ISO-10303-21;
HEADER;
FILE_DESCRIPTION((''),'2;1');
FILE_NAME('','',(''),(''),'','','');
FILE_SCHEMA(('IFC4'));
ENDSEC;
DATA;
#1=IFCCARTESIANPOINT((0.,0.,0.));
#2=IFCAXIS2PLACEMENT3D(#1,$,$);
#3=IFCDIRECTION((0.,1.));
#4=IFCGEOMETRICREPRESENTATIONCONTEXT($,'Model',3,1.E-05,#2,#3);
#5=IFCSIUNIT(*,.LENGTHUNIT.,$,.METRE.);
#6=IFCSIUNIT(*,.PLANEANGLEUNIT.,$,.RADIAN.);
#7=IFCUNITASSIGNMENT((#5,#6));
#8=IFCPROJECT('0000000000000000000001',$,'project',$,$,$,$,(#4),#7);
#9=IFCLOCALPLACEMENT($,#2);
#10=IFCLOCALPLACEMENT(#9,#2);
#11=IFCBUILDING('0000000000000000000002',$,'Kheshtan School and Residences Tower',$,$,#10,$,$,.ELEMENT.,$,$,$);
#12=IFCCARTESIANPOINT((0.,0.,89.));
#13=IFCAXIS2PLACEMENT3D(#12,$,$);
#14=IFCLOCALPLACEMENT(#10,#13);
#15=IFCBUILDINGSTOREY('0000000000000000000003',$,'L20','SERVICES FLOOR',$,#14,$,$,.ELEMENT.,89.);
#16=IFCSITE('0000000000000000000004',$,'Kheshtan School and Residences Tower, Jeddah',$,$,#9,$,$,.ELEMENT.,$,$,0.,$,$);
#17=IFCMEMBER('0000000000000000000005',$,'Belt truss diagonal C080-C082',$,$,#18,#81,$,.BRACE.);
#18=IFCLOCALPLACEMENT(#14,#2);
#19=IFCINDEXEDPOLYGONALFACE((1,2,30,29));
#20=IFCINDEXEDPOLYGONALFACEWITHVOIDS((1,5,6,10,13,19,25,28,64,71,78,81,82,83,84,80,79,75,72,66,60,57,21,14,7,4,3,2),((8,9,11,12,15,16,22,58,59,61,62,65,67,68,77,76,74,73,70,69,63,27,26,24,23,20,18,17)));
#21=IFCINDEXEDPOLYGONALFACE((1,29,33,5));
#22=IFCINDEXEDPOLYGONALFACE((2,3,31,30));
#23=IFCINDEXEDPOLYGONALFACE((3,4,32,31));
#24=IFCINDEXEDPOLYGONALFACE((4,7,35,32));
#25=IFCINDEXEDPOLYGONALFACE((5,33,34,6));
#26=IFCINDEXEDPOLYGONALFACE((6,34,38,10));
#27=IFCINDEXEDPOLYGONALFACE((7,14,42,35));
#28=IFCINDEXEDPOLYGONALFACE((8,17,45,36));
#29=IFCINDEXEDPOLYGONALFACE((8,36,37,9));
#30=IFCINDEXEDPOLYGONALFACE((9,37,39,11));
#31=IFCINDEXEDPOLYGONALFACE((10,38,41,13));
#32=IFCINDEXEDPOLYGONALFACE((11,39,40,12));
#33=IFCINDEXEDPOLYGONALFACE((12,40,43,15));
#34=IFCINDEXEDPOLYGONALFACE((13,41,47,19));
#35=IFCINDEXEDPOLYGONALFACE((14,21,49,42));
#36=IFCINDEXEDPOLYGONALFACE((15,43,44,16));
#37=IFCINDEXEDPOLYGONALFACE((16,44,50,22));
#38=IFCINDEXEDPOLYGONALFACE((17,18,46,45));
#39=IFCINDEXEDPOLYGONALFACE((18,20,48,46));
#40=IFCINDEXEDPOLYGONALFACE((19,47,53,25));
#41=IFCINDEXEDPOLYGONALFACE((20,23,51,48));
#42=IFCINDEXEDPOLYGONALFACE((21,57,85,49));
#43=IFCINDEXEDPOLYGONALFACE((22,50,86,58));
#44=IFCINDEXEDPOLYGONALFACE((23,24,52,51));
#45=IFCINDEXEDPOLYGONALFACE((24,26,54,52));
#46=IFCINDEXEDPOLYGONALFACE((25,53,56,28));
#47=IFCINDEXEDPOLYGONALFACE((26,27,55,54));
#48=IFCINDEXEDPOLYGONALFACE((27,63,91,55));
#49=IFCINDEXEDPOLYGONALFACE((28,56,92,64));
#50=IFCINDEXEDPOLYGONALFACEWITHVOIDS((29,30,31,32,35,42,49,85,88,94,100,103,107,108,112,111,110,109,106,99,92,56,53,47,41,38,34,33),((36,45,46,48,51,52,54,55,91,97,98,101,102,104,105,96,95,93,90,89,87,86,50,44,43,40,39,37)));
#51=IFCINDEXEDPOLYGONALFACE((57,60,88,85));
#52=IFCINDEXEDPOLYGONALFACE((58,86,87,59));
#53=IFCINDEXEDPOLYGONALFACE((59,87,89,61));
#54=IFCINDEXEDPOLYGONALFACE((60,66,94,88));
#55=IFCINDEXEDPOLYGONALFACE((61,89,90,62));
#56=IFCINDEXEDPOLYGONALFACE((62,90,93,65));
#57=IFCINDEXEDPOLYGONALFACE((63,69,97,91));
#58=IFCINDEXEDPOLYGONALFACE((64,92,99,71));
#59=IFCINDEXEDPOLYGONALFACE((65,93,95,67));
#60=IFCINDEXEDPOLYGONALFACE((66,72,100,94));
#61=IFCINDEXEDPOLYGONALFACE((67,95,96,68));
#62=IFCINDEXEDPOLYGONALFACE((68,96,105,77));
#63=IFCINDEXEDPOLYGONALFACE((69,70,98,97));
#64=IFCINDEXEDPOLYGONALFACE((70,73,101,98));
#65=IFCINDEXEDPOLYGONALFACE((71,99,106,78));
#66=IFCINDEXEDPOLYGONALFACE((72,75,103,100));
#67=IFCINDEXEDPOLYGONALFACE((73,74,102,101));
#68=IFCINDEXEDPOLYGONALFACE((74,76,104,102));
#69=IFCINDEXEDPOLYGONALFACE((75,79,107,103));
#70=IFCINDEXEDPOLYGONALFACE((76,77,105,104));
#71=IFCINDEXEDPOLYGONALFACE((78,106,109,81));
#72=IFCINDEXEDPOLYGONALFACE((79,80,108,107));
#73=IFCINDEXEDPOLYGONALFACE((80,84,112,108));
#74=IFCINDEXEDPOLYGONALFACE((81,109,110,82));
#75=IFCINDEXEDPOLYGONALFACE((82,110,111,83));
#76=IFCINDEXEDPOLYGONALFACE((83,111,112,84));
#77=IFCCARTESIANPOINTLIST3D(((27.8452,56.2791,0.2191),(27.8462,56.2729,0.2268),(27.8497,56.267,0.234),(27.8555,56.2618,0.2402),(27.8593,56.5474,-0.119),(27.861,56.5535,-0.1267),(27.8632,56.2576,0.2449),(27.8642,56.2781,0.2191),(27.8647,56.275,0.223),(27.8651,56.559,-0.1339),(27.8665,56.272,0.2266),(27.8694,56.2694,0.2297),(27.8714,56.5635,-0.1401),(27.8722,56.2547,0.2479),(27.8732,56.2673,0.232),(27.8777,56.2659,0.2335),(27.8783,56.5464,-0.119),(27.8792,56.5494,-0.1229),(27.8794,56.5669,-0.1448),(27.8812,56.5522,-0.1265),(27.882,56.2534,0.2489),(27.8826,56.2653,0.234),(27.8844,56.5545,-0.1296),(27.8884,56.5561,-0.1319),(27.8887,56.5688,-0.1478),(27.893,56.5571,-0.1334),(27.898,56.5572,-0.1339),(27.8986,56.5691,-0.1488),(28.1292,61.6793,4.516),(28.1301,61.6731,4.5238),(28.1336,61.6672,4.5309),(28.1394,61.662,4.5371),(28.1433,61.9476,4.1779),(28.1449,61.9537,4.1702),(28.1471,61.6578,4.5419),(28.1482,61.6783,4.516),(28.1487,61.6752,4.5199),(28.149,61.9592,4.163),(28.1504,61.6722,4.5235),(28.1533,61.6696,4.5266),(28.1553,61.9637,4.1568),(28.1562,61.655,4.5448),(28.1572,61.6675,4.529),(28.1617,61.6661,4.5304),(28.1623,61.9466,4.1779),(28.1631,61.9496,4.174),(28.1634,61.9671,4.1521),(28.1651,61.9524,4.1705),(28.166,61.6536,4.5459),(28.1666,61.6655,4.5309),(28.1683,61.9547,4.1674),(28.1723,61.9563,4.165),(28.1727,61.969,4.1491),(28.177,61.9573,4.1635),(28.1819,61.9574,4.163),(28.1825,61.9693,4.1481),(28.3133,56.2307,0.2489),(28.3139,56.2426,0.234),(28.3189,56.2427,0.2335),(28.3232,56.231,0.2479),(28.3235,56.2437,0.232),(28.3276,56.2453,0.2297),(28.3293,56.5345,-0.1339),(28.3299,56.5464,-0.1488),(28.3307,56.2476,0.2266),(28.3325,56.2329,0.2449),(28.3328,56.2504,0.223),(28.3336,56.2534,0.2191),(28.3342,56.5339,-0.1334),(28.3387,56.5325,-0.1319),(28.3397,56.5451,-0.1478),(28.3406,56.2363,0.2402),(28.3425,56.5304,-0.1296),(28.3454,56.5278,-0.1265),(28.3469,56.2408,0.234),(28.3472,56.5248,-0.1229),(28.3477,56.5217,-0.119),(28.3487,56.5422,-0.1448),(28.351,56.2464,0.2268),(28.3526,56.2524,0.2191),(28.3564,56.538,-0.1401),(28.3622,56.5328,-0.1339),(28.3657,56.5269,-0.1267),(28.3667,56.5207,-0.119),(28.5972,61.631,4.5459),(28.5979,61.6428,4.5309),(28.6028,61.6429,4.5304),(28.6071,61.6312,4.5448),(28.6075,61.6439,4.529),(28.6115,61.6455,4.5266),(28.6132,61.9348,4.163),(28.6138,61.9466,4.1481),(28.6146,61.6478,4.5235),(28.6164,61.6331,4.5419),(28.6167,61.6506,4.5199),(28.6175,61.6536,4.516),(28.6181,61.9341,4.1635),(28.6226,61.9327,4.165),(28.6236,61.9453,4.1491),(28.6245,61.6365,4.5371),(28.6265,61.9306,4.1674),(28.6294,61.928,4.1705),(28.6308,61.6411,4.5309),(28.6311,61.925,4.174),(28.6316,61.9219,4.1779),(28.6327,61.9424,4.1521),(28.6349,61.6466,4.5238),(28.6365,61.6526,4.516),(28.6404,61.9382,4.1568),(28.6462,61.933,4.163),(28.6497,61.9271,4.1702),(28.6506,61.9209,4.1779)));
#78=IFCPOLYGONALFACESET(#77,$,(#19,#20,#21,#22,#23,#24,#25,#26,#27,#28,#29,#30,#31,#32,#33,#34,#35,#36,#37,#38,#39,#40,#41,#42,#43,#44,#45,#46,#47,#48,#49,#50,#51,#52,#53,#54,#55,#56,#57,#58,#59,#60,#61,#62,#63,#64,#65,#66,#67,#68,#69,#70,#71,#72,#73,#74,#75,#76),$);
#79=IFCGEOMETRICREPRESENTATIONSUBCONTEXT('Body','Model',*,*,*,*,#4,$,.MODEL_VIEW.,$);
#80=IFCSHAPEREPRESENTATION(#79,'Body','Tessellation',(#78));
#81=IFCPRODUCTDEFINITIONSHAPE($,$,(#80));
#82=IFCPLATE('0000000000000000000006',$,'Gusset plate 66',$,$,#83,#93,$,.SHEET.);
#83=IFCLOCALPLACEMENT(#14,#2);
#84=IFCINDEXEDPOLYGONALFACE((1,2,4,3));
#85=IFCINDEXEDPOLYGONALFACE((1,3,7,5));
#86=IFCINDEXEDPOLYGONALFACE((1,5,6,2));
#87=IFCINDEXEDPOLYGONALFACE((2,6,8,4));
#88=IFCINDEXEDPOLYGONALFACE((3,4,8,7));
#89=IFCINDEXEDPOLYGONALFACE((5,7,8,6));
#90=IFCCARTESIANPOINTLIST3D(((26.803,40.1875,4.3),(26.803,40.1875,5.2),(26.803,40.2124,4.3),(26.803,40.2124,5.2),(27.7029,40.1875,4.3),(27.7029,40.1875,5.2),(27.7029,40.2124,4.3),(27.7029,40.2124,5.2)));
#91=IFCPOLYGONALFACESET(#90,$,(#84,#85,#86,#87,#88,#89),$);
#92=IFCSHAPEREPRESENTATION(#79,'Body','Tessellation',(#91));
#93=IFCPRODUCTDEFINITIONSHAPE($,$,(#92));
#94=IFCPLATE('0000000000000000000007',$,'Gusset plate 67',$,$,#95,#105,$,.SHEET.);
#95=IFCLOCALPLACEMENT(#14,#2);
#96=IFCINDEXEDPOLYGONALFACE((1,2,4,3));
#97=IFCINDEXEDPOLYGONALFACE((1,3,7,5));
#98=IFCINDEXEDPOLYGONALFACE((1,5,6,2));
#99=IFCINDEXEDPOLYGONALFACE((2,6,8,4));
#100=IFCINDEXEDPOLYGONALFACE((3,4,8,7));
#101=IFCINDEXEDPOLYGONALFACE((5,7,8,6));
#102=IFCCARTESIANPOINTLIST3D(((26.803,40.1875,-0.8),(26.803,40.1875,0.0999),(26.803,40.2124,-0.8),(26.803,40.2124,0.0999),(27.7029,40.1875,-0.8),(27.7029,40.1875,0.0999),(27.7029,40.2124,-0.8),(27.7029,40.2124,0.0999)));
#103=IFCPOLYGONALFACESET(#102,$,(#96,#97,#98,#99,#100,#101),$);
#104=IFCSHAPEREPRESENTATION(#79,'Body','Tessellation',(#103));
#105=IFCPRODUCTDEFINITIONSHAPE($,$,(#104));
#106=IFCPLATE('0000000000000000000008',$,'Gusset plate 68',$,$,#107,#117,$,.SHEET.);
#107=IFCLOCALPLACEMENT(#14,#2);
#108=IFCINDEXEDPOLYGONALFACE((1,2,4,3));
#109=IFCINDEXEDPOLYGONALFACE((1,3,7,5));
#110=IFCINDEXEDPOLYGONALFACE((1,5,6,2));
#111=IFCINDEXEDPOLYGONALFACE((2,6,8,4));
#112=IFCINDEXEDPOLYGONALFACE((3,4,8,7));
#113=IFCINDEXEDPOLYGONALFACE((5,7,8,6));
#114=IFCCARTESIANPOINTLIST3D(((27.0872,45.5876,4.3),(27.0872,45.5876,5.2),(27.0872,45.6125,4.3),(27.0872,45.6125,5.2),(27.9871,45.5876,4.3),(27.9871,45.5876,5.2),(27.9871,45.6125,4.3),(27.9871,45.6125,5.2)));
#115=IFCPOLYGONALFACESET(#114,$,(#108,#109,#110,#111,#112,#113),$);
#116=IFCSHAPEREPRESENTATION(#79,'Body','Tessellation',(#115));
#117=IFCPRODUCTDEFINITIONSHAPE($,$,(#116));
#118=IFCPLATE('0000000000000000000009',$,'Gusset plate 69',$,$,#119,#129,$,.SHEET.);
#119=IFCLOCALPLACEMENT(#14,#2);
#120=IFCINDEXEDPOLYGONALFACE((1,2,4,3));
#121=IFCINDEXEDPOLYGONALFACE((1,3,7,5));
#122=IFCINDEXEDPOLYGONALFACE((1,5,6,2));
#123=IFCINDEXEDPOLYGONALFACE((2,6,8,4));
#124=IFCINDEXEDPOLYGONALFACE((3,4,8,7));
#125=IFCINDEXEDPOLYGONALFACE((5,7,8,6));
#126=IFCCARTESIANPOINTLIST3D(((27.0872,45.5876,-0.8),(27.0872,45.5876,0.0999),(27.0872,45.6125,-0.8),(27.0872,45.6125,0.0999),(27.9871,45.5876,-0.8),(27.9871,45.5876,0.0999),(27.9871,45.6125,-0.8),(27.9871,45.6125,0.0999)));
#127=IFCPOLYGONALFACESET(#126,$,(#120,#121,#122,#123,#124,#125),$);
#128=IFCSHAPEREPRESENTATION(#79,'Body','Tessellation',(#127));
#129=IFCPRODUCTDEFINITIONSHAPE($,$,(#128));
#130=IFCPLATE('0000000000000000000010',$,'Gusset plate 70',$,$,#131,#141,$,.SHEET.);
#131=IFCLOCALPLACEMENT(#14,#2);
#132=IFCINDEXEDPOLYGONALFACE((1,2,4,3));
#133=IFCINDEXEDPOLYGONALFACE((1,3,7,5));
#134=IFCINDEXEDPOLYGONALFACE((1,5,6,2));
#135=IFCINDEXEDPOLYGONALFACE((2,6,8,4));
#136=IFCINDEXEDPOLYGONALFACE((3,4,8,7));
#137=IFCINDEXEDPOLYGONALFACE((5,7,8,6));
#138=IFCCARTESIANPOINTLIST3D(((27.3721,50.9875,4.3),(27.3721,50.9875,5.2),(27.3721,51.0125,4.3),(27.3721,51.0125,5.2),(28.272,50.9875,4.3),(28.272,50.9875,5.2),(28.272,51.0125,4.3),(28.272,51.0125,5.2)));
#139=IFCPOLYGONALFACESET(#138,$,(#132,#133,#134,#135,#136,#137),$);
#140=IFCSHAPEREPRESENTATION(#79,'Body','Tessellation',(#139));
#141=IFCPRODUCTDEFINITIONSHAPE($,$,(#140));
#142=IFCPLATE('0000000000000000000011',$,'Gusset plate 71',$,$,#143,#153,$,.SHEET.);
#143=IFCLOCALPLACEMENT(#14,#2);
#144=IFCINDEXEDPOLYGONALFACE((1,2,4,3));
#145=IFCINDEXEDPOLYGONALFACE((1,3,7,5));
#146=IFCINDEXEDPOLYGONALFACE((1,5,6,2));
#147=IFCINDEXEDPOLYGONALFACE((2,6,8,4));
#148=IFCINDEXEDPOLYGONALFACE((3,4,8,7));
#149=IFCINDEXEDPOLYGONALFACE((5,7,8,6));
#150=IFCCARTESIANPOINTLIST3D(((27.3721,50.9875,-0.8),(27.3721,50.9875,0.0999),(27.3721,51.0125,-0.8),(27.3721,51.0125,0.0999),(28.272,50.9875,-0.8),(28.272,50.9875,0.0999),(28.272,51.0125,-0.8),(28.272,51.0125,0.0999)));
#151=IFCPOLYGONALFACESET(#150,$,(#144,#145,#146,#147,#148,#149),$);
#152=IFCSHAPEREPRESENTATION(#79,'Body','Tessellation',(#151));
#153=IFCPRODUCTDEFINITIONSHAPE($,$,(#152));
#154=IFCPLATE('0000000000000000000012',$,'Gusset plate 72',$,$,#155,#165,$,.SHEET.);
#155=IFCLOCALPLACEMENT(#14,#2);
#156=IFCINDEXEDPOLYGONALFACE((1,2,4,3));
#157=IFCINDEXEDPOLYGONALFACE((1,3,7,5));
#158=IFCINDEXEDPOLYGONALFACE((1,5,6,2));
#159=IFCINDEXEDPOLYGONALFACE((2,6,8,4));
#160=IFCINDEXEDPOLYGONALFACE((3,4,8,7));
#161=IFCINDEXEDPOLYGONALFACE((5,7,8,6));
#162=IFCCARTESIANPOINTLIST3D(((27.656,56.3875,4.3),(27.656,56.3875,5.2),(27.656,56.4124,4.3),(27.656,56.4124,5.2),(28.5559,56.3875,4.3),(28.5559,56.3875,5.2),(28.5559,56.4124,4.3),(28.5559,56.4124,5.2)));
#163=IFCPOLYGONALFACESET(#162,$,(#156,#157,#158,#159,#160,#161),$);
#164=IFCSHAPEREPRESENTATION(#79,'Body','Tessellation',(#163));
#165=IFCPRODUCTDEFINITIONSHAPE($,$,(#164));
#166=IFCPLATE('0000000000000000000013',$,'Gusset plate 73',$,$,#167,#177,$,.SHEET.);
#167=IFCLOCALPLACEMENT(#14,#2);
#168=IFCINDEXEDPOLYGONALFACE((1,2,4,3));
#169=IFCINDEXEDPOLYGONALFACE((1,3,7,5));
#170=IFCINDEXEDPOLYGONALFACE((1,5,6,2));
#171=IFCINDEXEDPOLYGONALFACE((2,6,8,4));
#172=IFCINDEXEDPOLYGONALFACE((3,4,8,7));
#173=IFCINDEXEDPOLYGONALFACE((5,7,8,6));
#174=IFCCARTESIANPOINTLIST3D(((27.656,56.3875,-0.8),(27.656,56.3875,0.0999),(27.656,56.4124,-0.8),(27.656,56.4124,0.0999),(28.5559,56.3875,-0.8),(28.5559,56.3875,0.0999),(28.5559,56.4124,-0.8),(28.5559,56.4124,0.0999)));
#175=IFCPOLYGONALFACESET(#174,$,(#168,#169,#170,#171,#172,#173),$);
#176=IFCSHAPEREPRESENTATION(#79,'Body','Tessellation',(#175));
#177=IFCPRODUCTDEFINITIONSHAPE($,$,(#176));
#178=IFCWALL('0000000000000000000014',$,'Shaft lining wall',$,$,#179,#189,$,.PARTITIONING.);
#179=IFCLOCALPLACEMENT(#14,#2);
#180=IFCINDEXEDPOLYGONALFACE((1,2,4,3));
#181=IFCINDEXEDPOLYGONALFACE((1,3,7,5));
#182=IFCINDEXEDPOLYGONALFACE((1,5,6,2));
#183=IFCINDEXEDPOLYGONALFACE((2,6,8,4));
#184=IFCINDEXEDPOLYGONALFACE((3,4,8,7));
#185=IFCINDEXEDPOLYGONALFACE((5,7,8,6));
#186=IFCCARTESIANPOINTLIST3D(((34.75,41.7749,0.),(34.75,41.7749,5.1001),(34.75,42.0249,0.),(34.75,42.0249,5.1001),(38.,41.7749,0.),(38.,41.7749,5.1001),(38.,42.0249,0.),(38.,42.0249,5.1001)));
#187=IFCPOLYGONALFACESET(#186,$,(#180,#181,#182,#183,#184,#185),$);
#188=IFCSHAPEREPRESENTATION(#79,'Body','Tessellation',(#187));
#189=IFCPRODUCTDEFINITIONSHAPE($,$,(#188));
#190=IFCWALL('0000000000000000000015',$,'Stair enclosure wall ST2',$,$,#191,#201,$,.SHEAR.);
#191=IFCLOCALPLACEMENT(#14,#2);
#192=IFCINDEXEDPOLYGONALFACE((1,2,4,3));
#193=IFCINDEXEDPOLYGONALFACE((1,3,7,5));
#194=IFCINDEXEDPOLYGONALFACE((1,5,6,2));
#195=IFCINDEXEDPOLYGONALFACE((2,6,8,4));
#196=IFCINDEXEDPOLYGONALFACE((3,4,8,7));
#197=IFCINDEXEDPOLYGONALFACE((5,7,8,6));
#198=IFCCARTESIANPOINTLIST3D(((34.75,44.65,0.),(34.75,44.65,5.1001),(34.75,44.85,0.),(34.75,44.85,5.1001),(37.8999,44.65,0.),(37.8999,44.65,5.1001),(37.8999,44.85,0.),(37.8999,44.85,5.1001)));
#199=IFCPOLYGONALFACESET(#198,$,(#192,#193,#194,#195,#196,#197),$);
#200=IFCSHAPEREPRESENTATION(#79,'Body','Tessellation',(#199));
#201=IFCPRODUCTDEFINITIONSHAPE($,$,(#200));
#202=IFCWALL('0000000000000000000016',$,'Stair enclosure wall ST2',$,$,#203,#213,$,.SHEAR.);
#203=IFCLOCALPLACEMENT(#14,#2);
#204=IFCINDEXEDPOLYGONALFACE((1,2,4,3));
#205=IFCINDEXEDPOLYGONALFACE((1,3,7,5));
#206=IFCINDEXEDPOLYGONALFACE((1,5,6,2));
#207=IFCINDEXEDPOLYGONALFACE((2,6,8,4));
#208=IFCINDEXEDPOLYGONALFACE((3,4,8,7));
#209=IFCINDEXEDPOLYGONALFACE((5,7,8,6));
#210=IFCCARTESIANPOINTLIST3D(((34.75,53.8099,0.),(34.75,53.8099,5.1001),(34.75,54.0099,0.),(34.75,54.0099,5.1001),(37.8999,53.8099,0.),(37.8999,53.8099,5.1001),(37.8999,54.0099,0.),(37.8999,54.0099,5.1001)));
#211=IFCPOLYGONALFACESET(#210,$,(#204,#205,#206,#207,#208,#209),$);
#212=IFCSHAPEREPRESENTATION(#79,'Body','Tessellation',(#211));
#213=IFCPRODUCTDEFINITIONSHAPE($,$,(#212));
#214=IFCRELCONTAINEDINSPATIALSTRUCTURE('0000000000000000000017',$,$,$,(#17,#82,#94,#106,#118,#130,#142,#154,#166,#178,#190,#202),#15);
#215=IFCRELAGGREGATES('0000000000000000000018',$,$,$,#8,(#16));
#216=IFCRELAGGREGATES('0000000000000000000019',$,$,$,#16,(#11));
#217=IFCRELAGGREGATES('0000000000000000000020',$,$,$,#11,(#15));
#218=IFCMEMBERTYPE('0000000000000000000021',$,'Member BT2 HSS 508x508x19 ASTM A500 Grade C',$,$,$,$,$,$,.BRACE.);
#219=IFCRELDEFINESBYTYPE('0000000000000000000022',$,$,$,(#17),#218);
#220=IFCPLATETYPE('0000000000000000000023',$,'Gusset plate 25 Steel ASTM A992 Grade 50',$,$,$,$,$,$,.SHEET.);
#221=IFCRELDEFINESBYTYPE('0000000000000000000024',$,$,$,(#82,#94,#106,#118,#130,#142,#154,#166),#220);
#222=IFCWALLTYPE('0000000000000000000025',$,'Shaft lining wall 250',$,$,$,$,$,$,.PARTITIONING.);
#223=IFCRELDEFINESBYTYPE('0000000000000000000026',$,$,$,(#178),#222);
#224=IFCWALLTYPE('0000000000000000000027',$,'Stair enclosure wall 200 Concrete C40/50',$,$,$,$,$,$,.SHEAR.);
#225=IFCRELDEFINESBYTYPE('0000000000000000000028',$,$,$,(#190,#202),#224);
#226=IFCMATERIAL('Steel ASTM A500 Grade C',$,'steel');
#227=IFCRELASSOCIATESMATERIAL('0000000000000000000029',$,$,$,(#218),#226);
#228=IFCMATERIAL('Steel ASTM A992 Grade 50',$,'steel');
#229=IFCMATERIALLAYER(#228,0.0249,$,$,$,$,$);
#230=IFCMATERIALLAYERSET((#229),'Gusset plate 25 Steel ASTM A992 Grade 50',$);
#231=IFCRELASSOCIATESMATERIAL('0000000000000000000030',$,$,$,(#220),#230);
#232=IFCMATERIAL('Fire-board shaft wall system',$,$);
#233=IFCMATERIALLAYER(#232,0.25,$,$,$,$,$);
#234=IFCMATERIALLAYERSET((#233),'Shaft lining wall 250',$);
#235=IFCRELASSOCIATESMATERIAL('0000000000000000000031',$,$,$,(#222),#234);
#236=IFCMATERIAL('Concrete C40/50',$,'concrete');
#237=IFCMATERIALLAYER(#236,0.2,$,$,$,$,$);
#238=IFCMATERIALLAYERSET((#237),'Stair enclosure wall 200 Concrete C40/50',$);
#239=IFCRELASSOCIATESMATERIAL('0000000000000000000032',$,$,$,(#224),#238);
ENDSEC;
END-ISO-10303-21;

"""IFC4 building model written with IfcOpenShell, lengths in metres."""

from ifc_helpers import new_model, si_unit, direction, frame, frame_2d, origin, origin_2d, place, context, subcontext, project, spatial, rectangle, hollow_rectangle, extrude, material, layer, layer_set, material_profile, profile_set, type_object, element, save


model = new_model("IFC4")

# Units and contexts
model_context = context("Model", 3, precision=1e-05, world=origin(), true_north=direction((0.0, 1.0)))
body_context = subcontext(model_context, "Body", "Model", "MODEL_VIEW")
ifc_project = project(units=[si_unit("LENGTHUNIT", "METRE"), si_unit("PLANEANGLEUNIT", "RADIAN")], contexts=[model_context])

# Site, building, storey
site_placement = place(None, origin())
site = spatial("IfcSite", under=ifc_project, at=site_placement, Name="Kheshtan School and Residences Tower, Jeddah", CompositionType="ELEMENT", RefElevation=0.0)
building_placement = place(site_placement, origin())
building = spatial("IfcBuilding", under=site, at=building_placement, Name="Kheshtan School and Residences Tower", CompositionType="ELEMENT")
storey_placement = place(building_placement, frame((0.0, 0.0, 89.0)))
storey = spatial("IfcBuildingStorey", under=building, at=storey_placement, Name="L20", Description="SERVICES FLOOR", CompositionType="ELEMENT", Elevation=89.0)

# Shared definitions
ifc_material_1 = material(Name="Steel ASTM A992 Grade 50", Category="steel")

# Member
ifc_material_2 = material(Name="Steel ASTM A500 Grade C", Category="steel")
ifc_material_profile_1 = material_profile(ifc_material_2, hollow_rectangle(XDim=0.5081, YDim=0.5081, WallThickness=0.019, InnerFilletRadius=0.019, OuterFilletRadius=0.0381, at=origin_2d()), Name="HSS 508x508x19")
ifc_profile_set_1 = profile_set([ifc_material_profile_1], Name="Steel ASTM A500 Grade C")
member_type = type_object("IfcMemberType", Name="Member BT2 HSS 508x508x19 ASTM A500 Grade C", PredefinedType="BRACE", material=ifc_profile_set_1)
member_1_placement = place(storey_placement, frame((28.106, 56.3999, 0.05), z_axis=(0.041109, 0.781848, 0.622113), x_axis=(-0.998621, 0.052507, 0.0)))
element("IfcMember", 1, at=member_1_placement, inside=storey, type_object=member_type, Name="Belt truss diagonal C080-C082", PredefinedType="BRACE", context=body_context, shape_type="SweptSolid", body=[
    extrude(hollow_rectangle(XDim=0.5081, YDim=0.5081, WallThickness=0.019, InnerFilletRadius=0.019, OuterFilletRadius=0.0381, at=origin_2d()), origin(), (0.0, 0.0, 1.0), 6.907),
])

# Plates
ifc_layer_1 = layer(ifc_material_1, 0.0249)
ifc_layer_set_1 = layer_set([ifc_layer_1], Name="Gusset plate 25 Steel ASTM A992 Grade 50")
plate_type = type_object("IfcPlateType", Name="Gusset plate 25 Steel ASTM A992 Grade 50", PredefinedType="SHEET", material=ifc_layer_set_1)
for number, where, z_axis, x_axis, name in (
    (2, (27.2529, 40.2, 4.3), (0.0, 0.0, 1.0), (1.0, 0.0, 0.0), "Gusset plate 66"),
    (3, (27.2529, 40.2, -0.8), (0.0, 0.0, 1.0), (1.0, 0.0, 0.0), "Gusset plate 67"),
    (4, (27.5371, 45.6001, 4.3), (0.0, 0.0, 1.0), (1.0, 0.0, 0.0), "Gusset plate 68"),
    (5, (27.5371, 45.6001, -0.8), (0.0, 0.0, 1.0), (1.0, 0.0, 0.0), "Gusset plate 69"),
    (6, (27.822, 51.0, 4.3), (0.0, 0.0, 1.0), (1.0, 0.0, 0.0), "Gusset plate 70"),
    (7, (27.822, 51.0, -0.8), (0.0, 0.0, 1.0), (1.0, 0.0, 0.0), "Gusset plate 71"),
    (8, (28.106, 56.3999, 4.3), (0.0, 0.0, 1.0), (1.0, 0.0, 0.0), "Gusset plate 72"),
    (9, (28.106, 56.3999, -0.8), (0.0, 0.0, 1.0), (1.0, 0.0, 0.0), "Gusset plate 73"),
):
    element("IfcPlate", number, at=place(storey_placement, frame(where, z_axis=z_axis, x_axis=x_axis)), inside=storey, type_object=plate_type, Name=name, PredefinedType="SHEET", context=body_context, shape_type="SweptSolid", body=[
        extrude(rectangle(XDim=0.8999, YDim=0.0249, at=origin_2d()), origin(), (0.0, 0.0, 1.0), 0.8999),
    ])

# Walls
ifc_material_3 = material(Name="Fire-board shaft wall system")
ifc_layer_2 = layer(ifc_material_3, 0.25)
ifc_layer_set_2 = layer_set([ifc_layer_2], Name="Shaft lining wall 250")
wall_type_1 = type_object("IfcWallType", Name="Shaft lining wall 250", PredefinedType="PARTITIONING", material=ifc_layer_set_2)
wall_1_placement = place(storey_placement, frame((34.75, 41.8999, 0.0), z_axis=(0.0, 0.0, 1.0), x_axis=(1.0, 0.0, 0.0)))
element("IfcWall", 10, at=wall_1_placement, inside=storey, type_object=wall_type_1, Name="Shaft lining wall", PredefinedType="PARTITIONING", context=body_context, shape_type="SweptSolid", body=[
    extrude(rectangle(XDim=3.25, YDim=0.25, at=frame_2d((1.625, 0.0))), origin(), (0.0, 0.0, 1.0), 5.1001),
])
ifc_material_4 = material(Name="Concrete C40/50", Category="concrete")
ifc_layer_3 = layer(ifc_material_4, 0.2)
ifc_layer_set_3 = layer_set([ifc_layer_3], Name="Stair enclosure wall 200 Concrete C40/50")
wall_type_2 = type_object("IfcWallType", Name="Stair enclosure wall 200 Concrete C40/50", PredefinedType="SHEAR", material=ifc_layer_set_3)
for number, where, z_axis, x_axis, name in (
    (11, (34.75, 44.75, 0.0), (0.0, 0.0, 1.0), (1.0, 0.0, 0.0), "Stair enclosure wall ST2"),
    (12, (34.75, 53.9099, 0.0), (0.0, 0.0, 1.0), (1.0, 0.0, 0.0), "Stair enclosure wall ST2"),
):
    element("IfcWall", number, at=place(storey_placement, frame(where, z_axis=z_axis, x_axis=x_axis)), inside=storey, type_object=wall_type_2, Name=name, PredefinedType="SHEAR", context=body_context, shape_type="SweptSolid", body=[
        extrude(rectangle(XDim=3.1499, YDim=0.2, at=frame_2d((1.575, 0.0))), origin(), (0.0, 0.0, 1.0), 5.1001),
    ])

save(model, "model.ifc")
